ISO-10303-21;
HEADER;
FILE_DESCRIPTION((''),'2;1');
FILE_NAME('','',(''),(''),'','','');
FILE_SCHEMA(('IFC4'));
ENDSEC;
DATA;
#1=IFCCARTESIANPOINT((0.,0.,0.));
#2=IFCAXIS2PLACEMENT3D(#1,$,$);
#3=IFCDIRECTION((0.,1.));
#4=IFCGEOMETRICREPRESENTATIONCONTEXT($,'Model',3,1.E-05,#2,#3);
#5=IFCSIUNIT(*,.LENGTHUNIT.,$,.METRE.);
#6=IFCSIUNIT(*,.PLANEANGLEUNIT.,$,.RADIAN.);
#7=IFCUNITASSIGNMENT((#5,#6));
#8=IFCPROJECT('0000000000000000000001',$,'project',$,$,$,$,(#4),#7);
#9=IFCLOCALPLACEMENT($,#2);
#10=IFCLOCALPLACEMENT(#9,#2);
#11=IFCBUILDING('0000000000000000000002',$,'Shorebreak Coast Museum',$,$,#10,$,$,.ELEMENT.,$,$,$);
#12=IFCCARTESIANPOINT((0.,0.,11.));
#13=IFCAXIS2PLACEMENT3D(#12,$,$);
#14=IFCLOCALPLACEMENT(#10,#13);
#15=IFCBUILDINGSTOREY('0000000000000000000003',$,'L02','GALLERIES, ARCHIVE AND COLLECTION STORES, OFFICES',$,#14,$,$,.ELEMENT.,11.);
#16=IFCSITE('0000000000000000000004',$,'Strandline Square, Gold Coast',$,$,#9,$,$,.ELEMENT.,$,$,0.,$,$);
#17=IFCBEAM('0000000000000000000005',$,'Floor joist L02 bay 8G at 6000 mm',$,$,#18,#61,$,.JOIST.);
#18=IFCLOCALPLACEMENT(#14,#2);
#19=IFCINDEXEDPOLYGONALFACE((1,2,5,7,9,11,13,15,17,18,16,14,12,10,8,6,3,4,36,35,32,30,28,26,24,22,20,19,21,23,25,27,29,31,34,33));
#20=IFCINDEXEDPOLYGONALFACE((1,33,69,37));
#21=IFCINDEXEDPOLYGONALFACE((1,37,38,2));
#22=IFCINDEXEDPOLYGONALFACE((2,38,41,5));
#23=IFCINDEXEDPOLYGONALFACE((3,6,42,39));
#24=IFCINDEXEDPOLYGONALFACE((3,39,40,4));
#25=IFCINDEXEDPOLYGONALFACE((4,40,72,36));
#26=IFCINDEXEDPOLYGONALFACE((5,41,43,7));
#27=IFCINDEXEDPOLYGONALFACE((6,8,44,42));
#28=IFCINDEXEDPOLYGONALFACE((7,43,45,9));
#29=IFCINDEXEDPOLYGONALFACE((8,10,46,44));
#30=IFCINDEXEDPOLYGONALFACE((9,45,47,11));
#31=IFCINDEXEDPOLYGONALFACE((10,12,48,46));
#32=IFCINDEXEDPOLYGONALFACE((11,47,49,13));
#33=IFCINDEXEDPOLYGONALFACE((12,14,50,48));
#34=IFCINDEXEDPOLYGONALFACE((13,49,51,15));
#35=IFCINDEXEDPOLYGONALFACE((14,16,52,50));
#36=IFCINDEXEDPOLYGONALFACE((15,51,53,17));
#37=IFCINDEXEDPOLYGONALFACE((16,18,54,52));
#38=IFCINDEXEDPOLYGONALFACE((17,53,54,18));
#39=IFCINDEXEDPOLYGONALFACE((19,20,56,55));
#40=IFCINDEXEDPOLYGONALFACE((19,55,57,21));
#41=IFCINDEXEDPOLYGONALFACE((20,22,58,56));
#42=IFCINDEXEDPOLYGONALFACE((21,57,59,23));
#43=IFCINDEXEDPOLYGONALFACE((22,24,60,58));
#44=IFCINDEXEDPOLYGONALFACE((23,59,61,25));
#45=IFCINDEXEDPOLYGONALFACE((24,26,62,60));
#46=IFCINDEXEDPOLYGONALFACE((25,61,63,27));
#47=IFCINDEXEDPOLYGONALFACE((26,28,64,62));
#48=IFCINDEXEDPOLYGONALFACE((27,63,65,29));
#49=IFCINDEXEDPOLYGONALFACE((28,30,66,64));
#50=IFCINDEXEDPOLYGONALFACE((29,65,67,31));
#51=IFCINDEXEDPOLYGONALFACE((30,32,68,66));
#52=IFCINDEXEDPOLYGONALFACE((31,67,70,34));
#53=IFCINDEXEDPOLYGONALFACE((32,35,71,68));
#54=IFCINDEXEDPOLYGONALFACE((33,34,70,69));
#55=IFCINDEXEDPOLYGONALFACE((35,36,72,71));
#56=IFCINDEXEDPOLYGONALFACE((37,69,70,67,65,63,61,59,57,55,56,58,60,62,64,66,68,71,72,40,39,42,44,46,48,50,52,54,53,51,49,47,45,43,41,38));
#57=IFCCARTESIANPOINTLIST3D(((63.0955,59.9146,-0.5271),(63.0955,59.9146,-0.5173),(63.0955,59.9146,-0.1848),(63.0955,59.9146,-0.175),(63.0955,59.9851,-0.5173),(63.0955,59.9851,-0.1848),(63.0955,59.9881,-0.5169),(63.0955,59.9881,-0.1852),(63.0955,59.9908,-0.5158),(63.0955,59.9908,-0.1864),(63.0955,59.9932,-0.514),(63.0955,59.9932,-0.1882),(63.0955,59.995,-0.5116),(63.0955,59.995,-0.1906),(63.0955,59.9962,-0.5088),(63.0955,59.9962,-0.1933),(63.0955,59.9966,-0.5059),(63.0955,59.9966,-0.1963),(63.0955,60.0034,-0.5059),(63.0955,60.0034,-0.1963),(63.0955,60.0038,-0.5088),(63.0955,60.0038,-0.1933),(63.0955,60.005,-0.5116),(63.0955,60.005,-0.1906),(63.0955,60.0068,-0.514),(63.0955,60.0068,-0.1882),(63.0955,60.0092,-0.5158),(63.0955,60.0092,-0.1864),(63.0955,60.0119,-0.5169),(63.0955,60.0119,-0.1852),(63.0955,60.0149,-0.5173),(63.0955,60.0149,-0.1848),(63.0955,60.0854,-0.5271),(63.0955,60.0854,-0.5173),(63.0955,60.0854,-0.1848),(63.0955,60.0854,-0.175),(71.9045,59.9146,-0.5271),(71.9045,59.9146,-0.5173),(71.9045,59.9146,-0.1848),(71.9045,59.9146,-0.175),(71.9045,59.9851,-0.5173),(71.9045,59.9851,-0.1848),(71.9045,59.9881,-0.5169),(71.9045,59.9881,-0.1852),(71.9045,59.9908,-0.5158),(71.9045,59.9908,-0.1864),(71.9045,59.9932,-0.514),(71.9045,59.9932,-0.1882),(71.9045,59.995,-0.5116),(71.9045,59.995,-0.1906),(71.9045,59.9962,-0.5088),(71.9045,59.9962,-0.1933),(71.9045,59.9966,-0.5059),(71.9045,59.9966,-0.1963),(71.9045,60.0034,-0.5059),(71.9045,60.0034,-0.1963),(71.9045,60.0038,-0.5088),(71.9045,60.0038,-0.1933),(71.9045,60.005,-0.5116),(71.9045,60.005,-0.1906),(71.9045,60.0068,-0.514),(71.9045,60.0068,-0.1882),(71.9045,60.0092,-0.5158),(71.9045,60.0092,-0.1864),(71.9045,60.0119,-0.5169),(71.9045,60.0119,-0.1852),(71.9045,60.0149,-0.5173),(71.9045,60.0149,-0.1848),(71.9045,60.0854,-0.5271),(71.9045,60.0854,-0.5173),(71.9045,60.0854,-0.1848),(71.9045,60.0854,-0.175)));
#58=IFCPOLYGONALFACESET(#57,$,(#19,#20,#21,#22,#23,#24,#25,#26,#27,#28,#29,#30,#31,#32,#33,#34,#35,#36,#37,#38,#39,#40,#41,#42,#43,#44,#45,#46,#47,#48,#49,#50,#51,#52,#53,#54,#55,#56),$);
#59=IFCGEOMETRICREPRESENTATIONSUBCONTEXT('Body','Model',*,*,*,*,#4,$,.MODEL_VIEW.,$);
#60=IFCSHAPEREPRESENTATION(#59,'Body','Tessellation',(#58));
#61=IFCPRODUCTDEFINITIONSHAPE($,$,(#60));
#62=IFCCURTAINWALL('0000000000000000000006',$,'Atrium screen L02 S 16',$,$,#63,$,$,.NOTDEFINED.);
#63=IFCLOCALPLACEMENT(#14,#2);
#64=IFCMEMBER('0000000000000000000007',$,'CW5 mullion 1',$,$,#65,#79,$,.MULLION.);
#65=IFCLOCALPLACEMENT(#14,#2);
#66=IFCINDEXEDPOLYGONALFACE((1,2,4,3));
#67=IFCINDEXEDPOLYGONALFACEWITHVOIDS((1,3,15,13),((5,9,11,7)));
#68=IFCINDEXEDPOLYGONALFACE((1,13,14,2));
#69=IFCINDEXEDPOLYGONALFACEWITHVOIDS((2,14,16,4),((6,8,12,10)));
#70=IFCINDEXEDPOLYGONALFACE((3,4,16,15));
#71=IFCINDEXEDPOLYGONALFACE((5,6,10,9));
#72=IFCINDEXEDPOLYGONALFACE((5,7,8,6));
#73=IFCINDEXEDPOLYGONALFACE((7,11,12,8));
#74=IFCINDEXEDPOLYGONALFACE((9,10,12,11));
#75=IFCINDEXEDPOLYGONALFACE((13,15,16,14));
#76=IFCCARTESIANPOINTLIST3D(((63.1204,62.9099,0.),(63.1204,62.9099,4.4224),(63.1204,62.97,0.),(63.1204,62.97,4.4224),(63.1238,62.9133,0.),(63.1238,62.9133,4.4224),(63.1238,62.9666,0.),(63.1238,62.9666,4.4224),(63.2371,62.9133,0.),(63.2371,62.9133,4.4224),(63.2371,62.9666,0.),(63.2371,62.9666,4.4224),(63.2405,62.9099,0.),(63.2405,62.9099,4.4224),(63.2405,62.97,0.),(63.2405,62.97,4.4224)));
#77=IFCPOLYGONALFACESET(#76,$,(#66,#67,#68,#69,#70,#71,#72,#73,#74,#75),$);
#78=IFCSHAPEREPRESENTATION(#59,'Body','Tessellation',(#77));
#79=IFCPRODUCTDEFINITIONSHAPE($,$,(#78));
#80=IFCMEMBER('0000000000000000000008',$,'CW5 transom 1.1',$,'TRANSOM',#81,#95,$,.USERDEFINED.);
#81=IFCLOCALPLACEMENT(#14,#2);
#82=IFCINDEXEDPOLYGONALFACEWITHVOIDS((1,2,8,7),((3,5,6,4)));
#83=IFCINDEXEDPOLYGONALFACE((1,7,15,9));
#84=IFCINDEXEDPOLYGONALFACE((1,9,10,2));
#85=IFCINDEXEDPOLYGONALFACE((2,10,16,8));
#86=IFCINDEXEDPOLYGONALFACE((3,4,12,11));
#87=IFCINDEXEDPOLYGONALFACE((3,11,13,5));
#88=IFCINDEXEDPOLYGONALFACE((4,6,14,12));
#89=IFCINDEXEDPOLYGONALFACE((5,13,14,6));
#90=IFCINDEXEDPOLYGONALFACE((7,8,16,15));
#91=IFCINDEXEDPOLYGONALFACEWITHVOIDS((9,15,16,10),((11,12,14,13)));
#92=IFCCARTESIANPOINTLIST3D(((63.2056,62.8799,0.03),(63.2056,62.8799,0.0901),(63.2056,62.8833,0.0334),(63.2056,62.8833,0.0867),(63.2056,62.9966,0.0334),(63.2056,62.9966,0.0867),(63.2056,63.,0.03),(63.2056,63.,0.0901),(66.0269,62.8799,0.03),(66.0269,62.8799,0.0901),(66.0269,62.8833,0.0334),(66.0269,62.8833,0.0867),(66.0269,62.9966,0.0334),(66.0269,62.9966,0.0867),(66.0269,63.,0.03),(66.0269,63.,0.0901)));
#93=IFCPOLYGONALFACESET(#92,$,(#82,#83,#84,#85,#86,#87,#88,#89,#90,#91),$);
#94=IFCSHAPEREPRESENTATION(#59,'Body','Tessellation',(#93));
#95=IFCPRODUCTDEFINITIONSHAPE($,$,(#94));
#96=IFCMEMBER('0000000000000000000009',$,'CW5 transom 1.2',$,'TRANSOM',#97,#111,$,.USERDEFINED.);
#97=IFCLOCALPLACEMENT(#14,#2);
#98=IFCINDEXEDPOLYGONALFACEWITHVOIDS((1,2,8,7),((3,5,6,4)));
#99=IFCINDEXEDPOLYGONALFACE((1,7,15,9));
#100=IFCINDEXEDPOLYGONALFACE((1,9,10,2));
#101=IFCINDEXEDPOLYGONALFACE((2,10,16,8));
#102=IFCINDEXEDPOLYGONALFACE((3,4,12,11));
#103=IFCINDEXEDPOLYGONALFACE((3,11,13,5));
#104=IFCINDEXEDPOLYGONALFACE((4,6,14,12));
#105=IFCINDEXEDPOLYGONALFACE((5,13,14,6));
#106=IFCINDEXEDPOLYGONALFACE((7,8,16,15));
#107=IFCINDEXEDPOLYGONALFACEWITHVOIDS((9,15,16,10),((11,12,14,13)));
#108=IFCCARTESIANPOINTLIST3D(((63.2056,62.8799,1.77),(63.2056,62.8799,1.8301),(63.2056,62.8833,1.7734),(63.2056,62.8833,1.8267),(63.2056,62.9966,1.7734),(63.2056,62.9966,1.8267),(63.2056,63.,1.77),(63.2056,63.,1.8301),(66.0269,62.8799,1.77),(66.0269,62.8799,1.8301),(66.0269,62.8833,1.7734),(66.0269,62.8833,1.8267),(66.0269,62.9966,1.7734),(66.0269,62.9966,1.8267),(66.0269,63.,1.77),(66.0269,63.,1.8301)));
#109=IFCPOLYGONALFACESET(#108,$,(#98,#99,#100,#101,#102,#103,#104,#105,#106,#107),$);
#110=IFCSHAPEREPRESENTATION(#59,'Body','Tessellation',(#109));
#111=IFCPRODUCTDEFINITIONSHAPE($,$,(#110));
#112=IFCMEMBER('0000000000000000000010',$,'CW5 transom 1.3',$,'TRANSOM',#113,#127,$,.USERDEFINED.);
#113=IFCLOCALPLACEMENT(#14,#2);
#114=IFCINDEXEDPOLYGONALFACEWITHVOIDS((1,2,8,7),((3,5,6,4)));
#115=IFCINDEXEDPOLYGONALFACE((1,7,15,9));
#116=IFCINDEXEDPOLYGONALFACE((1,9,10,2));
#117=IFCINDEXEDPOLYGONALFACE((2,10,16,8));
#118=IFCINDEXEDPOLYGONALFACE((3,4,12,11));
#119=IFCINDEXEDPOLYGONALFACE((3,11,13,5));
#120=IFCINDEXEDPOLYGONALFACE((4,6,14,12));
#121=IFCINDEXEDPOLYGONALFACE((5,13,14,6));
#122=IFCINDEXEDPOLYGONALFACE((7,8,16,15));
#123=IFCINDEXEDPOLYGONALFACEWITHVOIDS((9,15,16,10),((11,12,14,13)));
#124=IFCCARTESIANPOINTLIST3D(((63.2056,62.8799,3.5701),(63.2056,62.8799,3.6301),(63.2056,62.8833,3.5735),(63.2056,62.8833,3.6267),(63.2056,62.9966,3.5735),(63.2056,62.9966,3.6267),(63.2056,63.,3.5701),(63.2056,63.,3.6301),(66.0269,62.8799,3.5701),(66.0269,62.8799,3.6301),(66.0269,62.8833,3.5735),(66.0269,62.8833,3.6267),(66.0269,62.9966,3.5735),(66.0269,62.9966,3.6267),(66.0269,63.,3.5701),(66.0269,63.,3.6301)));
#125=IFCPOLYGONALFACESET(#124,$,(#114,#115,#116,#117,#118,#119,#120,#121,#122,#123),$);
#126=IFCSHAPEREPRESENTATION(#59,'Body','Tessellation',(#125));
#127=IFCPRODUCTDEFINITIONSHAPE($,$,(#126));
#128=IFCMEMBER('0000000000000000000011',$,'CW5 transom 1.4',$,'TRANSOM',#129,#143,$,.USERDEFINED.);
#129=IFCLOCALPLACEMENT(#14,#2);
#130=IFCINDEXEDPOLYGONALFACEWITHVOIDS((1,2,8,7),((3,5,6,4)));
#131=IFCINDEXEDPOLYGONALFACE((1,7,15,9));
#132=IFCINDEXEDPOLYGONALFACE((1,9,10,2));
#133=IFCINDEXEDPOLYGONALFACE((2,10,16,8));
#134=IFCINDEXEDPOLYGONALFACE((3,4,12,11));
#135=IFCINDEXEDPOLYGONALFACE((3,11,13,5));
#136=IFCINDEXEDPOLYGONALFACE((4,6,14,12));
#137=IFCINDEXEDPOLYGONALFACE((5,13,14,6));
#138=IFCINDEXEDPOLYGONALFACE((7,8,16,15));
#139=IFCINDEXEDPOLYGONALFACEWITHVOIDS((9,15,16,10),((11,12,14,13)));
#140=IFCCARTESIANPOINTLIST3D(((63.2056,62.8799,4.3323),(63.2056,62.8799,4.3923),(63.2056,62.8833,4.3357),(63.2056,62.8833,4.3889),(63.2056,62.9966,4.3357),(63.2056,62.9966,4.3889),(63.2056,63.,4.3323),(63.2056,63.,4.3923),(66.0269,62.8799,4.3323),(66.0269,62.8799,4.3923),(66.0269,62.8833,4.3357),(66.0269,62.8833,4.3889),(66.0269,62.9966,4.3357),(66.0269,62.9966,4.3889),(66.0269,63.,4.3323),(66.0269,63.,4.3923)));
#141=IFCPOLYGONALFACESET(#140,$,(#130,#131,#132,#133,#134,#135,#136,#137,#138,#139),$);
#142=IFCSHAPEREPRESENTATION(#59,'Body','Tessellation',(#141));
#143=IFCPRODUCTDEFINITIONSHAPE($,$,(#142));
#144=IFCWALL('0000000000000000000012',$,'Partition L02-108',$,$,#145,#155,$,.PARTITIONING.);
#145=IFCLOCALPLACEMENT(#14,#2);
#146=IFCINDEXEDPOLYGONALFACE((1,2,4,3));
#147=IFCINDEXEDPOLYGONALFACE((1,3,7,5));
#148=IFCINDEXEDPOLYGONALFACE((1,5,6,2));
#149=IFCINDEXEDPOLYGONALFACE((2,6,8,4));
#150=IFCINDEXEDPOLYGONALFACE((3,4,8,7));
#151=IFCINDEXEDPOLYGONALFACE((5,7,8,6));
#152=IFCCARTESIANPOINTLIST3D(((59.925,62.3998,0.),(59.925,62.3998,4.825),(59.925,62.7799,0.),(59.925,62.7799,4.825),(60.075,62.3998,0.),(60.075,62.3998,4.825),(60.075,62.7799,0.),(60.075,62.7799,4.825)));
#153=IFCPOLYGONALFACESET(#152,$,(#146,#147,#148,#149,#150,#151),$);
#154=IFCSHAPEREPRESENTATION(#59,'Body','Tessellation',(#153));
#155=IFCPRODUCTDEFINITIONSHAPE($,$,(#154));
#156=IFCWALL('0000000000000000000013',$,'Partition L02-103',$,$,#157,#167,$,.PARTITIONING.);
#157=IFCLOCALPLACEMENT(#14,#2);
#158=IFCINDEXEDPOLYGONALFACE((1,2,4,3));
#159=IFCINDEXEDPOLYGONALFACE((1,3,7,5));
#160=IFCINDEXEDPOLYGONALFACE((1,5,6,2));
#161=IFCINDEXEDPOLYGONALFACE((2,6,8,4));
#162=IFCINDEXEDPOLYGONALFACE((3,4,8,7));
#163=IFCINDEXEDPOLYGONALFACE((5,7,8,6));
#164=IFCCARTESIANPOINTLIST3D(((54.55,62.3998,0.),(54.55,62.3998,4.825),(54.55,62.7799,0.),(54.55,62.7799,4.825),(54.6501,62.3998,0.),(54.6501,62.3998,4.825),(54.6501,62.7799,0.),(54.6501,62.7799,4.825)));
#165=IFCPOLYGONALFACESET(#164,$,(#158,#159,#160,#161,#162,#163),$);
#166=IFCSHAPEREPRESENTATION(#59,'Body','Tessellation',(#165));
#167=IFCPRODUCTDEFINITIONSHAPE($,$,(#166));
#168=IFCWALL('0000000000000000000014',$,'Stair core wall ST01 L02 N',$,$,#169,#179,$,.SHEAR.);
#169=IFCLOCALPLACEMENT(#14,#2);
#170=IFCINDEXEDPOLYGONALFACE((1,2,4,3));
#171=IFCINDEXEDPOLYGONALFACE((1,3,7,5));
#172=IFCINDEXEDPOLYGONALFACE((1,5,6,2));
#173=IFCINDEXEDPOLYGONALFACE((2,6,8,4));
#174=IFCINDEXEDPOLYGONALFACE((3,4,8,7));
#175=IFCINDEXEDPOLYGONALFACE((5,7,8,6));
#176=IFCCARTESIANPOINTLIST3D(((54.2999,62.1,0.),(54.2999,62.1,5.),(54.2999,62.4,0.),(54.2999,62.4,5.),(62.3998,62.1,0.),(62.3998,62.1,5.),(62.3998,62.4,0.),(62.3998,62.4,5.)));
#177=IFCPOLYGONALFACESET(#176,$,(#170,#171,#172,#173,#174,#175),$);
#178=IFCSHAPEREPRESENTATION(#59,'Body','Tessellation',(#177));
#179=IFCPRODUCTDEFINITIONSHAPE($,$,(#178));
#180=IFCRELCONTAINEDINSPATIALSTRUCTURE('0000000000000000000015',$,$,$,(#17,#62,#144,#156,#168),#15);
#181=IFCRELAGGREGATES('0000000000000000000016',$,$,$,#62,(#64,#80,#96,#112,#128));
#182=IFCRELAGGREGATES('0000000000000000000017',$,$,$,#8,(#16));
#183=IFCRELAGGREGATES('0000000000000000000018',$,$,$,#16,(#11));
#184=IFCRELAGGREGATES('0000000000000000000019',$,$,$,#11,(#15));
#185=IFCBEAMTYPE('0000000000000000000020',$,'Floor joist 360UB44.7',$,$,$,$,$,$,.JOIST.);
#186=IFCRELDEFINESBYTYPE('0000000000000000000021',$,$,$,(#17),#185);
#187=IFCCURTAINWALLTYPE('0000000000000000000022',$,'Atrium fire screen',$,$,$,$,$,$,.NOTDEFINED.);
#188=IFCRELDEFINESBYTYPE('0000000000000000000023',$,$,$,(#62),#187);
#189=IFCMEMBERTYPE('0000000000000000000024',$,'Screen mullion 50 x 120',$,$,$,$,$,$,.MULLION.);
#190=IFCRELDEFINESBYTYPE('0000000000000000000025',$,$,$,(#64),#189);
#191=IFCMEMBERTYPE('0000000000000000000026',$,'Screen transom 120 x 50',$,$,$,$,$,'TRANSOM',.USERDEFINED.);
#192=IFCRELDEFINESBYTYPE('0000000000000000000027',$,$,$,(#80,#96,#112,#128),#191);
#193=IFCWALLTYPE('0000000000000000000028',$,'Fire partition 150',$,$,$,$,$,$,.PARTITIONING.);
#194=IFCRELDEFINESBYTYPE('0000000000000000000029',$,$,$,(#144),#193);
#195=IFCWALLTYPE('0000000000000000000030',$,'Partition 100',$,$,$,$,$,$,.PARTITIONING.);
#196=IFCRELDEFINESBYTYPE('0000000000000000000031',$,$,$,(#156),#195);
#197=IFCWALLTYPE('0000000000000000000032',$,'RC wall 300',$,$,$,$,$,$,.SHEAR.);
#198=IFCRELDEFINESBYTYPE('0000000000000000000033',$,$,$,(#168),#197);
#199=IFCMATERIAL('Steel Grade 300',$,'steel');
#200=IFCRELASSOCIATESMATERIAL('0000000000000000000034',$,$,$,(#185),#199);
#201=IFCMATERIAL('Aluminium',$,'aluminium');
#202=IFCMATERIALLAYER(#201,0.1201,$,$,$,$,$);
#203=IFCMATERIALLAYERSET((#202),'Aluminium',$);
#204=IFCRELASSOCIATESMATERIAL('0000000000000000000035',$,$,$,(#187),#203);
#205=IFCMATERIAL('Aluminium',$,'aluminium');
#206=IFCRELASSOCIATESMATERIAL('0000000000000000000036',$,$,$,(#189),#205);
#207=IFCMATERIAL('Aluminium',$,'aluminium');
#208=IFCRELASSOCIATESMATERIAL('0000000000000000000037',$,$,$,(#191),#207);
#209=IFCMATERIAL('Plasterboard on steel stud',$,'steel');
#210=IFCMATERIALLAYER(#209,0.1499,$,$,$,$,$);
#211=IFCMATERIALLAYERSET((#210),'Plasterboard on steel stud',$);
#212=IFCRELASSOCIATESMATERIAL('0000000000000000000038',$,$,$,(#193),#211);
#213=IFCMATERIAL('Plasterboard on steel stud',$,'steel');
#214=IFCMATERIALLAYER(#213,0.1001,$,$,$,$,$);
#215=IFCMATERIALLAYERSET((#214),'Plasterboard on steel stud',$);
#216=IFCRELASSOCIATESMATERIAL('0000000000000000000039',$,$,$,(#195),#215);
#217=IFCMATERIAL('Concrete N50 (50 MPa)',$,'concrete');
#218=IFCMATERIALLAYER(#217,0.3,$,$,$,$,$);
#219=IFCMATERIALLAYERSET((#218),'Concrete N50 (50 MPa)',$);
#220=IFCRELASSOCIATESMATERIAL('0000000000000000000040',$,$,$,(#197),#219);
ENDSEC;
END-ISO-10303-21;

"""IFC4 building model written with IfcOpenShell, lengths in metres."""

from ifc_helpers import new_model, si_unit, direction, frame, frame_2d, origin, origin_2d, place, context, subcontext, project, spatial, rectangle, hollow_rectangle, i_section, extrude, material, layer, layer_set, material_profile, profile_set, type_object, element, aggregate, save


model = new_model("IFC4")

# Units and contexts
model_context = context("Model", 3, precision=1e-05, world=origin(), true_north=direction((0.0, 1.0)))
body_context = subcontext(model_context, "Body", "Model", "MODEL_VIEW")
ifc_project = project(units=[si_unit("LENGTHUNIT", "METRE"), si_unit("PLANEANGLEUNIT", "RADIAN")], contexts=[model_context])

# Site, building, storey
site_placement = place(None, origin())
site = spatial("IfcSite", under=ifc_project, at=site_placement, Name="Strandline Square, Gold Coast", CompositionType="ELEMENT", RefElevation=0.0)
building_placement = place(site_placement, origin())
building = spatial("IfcBuilding", under=site, at=building_placement, Name="Shorebreak Coast Museum", CompositionType="ELEMENT")
storey_placement = place(building_placement, frame((0.0, 0.0, 11.0)))
storey = spatial("IfcBuildingStorey", under=building, at=storey_placement, Name="L02", Description="GALLERIES, ARCHIVE AND COLLECTION STORES, OFFICES", CompositionType="ELEMENT", Elevation=11.0)

# Beam
ifc_material_1 = material(Name="Steel Grade 300", Category="steel")
ifc_material_profile_1 = material_profile(ifc_material_1, i_section(OverallWidth=0.1709, OverallDepth=0.3521, WebThickness=0.0068, FlangeThickness=0.0098, FilletRadius=0.0115, at=origin_2d()), Name="360UB44.7")
ifc_profile_set_1 = profile_set([ifc_material_profile_1], Name="Steel Grade 300")
beam_type = type_object("IfcBeamType", Name="Floor joist 360UB44.7", PredefinedType="JOIST", material=ifc_profile_set_1)
beam_placement = place(storey_placement, frame((63.0955, 60.0, -0.3511), z_axis=(1.0, 0.0, 0.0), x_axis=(0.0, 1.0, 0.0)))
element("IfcBeam", 1, at=beam_placement, inside=storey, type_object=beam_type, Name="Floor joist L02 bay 8G at 6000 mm", PredefinedType="JOIST", context=body_context, shape_type="SweptSolid", body=[
    extrude(i_section(OverallWidth=0.1709, OverallDepth=0.3521, WebThickness=0.0068, FlangeThickness=0.0098, FilletRadius=0.0115, at=origin_2d()), origin(), (0.0, 0.0, 1.0), 8.8091),
])

# Curtain wall, members
ifc_material_2 = material(Name="Aluminium", Category="aluminium")
ifc_layer_1 = layer(ifc_material_2, 0.1201)
ifc_layer_set_1 = layer_set([ifc_layer_1], Name="Aluminium")
curtain_wall_type = type_object("IfcCurtainWallType", Name="Atrium fire screen", PredefinedType="NOTDEFINED", material=ifc_layer_set_1)
curtain_wall_placement = place(storey_placement, origin())
curtain_wall = element("IfcCurtainWall", 2, at=curtain_wall_placement, inside=storey, type_object=curtain_wall_type, Name="Atrium screen L02 S 16", PredefinedType="NOTDEFINED")
ifc_material_3 = material(Name="Aluminium", Category="aluminium")
ifc_material_profile_2 = material_profile(ifc_material_3, hollow_rectangle(XDim=0.0601, YDim=0.1201, WallThickness=0.0034, at=origin_2d()), Name="AL 120x60 RHS")
ifc_profile_set_2 = profile_set([ifc_material_profile_2], Name="Aluminium")
member_type_1 = type_object("IfcMemberType", Name="Screen mullion 50 x 120", PredefinedType="MULLION", material=ifc_profile_set_2)
member_1_placement = place(storey_placement, frame((63.1804, 62.9399, 0.0), z_axis=(0.0, 0.0, 1.0), x_axis=(0.0, 1.0, 0.0)))
member_1 = element("IfcMember", 3, at=member_1_placement, type_object=member_type_1, Name="CW5 mullion 1", PredefinedType="MULLION", context=body_context, shape_type="SweptSolid", body=[
    extrude(hollow_rectangle(XDim=0.0601, YDim=0.1201, WallThickness=0.0034, at=origin_2d()), origin(), (0.0, 0.0, 1.0), 4.4224),
])
ifc_material_4 = material(Name="Aluminium", Category="aluminium")
ifc_material_profile_3 = material_profile(ifc_material_4, hollow_rectangle(XDim=0.1201, YDim=0.0601, WallThickness=0.0034, at=origin_2d()), Name="AL 60x120 RHS")
ifc_profile_set_3 = profile_set([ifc_material_profile_3], Name="Aluminium")
member_type_2 = type_object("IfcMemberType", Name="Screen transom 120 x 50", ElementType="TRANSOM", PredefinedType="USERDEFINED", material=ifc_profile_set_3)
member_2_placement = place(storey_placement, frame((63.2056, 62.9399, 0.0601), z_axis=(1.0, 0.0, 0.0), x_axis=(0.0, 1.0, 0.0)))
member_2 = element("IfcMember", 4, at=member_2_placement, type_object=member_type_2, Name="CW5 transom 1.1", ObjectType="TRANSOM", PredefinedType="USERDEFINED", context=body_context, shape_type="SweptSolid", body=[
    extrude(hollow_rectangle(XDim=0.1201, YDim=0.0601, WallThickness=0.0034, at=origin_2d()), origin(), (0.0, 0.0, 1.0), 2.8213),
])
member_3_placement = place(storey_placement, frame((63.2056, 62.9399, 1.8), z_axis=(1.0, 0.0, 0.0), x_axis=(0.0, 1.0, 0.0)))
member_3 = element("IfcMember", 5, at=member_3_placement, type_object=member_type_2, Name="CW5 transom 1.2", ObjectType="TRANSOM", PredefinedType="USERDEFINED", context=body_context, shape_type="SweptSolid", body=[
    extrude(hollow_rectangle(XDim=0.1201, YDim=0.0601, WallThickness=0.0034, at=origin_2d()), origin(), (0.0, 0.0, 1.0), 2.8213),
])
member_4_placement = place(storey_placement, frame((63.2056, 62.9399, 3.6001), z_axis=(1.0, 0.0, 0.0), x_axis=(0.0, 1.0, 0.0)))
member_4 = element("IfcMember", 6, at=member_4_placement, type_object=member_type_2, Name="CW5 transom 1.3", ObjectType="TRANSOM", PredefinedType="USERDEFINED", context=body_context, shape_type="SweptSolid", body=[
    extrude(hollow_rectangle(XDim=0.1201, YDim=0.0601, WallThickness=0.0034, at=origin_2d()), origin(), (0.0, 0.0, 1.0), 2.8213),
])
member_5_placement = place(storey_placement, frame((63.2056, 62.9399, 4.3623), z_axis=(1.0, 0.0, 0.0), x_axis=(0.0, 1.0, 0.0)))
member_5 = element("IfcMember", 7, at=member_5_placement, type_object=member_type_2, Name="CW5 transom 1.4", ObjectType="TRANSOM", PredefinedType="USERDEFINED", context=body_context, shape_type="SweptSolid", body=[
    extrude(hollow_rectangle(XDim=0.1201, YDim=0.0601, WallThickness=0.0034, at=origin_2d()), origin(), (0.0, 0.0, 1.0), 2.8213),
])
aggregate(curtain_wall, [member_1, member_2, member_3, member_4, member_5])

# Walls
ifc_material_5 = material(Name="Plasterboard on steel stud", Category="steel")
ifc_layer_2 = layer(ifc_material_5, 0.1499)
ifc_layer_set_2 = layer_set([ifc_layer_2], Name="Plasterboard on steel stud")
wall_type_1 = type_object("IfcWallType", Name="Fire partition 150", PredefinedType="PARTITIONING", material=ifc_layer_set_2)
wall_1_placement = place(storey_placement, frame((60.0, 62.3999, 0.0), z_axis=(0.0, 0.0, 1.0), x_axis=(0.0, 1.0, 0.0)))
element("IfcWall", 8, at=wall_1_placement, inside=storey, type_object=wall_type_1, Name="Partition L02-108", PredefinedType="PARTITIONING", context=body_context, shape_type="SweptSolid", body=[
    extrude(rectangle(XDim=0.3801, YDim=0.1499, at=frame_2d((0.1899, 0.0))), origin(), (0.0, 0.0, 1.0), 4.825),
])
ifc_material_6 = material(Name="Plasterboard on steel stud", Category="steel")
ifc_layer_3 = layer(ifc_material_6, 0.1001)
ifc_layer_set_3 = layer_set([ifc_layer_3], Name="Plasterboard on steel stud")
wall_type_2 = type_object("IfcWallType", Name="Partition 100", PredefinedType="PARTITIONING", material=ifc_layer_set_3)
wall_2_placement = place(storey_placement, frame((54.6001, 62.3999, 0.0), z_axis=(0.0, 0.0, 1.0), x_axis=(0.0, 1.0, 0.0)))
element("IfcWall", 9, at=wall_2_placement, inside=storey, type_object=wall_type_2, Name="Partition L02-103", PredefinedType="PARTITIONING", context=body_context, shape_type="SweptSolid", body=[
    extrude(rectangle(XDim=0.3801, YDim=0.1001, at=frame_2d((0.1899, 0.0))), origin(), (0.0, 0.0, 1.0), 4.825),
])
ifc_material_7 = material(Name="Concrete N50 (50 MPa)", Category="concrete")
ifc_layer_4 = layer(ifc_material_7, 0.3)
ifc_layer_set_4 = layer_set([ifc_layer_4], Name="Concrete N50 (50 MPa)")
wall_type_3 = type_object("IfcWallType", Name="RC wall 300", PredefinedType="SHEAR", material=ifc_layer_set_4)
wall_3_placement = place(storey_placement, frame((54.3, 62.25, 0.0), z_axis=(0.0, 0.0, 1.0), x_axis=(1.0, 0.0, 0.0)))
element("IfcWall", 10, at=wall_3_placement, inside=storey, type_object=wall_type_3, Name="Stair core wall ST01 L02 N", PredefinedType="SHEAR", context=body_context, shape_type="SweptSolid", body=[
    extrude(rectangle(XDim=8.0999, YDim=0.3, at=frame_2d((4.0498, 0.0))), origin(), (0.0, 0.0, 1.0), 5.0),
])

save(model, "model.ifc")
